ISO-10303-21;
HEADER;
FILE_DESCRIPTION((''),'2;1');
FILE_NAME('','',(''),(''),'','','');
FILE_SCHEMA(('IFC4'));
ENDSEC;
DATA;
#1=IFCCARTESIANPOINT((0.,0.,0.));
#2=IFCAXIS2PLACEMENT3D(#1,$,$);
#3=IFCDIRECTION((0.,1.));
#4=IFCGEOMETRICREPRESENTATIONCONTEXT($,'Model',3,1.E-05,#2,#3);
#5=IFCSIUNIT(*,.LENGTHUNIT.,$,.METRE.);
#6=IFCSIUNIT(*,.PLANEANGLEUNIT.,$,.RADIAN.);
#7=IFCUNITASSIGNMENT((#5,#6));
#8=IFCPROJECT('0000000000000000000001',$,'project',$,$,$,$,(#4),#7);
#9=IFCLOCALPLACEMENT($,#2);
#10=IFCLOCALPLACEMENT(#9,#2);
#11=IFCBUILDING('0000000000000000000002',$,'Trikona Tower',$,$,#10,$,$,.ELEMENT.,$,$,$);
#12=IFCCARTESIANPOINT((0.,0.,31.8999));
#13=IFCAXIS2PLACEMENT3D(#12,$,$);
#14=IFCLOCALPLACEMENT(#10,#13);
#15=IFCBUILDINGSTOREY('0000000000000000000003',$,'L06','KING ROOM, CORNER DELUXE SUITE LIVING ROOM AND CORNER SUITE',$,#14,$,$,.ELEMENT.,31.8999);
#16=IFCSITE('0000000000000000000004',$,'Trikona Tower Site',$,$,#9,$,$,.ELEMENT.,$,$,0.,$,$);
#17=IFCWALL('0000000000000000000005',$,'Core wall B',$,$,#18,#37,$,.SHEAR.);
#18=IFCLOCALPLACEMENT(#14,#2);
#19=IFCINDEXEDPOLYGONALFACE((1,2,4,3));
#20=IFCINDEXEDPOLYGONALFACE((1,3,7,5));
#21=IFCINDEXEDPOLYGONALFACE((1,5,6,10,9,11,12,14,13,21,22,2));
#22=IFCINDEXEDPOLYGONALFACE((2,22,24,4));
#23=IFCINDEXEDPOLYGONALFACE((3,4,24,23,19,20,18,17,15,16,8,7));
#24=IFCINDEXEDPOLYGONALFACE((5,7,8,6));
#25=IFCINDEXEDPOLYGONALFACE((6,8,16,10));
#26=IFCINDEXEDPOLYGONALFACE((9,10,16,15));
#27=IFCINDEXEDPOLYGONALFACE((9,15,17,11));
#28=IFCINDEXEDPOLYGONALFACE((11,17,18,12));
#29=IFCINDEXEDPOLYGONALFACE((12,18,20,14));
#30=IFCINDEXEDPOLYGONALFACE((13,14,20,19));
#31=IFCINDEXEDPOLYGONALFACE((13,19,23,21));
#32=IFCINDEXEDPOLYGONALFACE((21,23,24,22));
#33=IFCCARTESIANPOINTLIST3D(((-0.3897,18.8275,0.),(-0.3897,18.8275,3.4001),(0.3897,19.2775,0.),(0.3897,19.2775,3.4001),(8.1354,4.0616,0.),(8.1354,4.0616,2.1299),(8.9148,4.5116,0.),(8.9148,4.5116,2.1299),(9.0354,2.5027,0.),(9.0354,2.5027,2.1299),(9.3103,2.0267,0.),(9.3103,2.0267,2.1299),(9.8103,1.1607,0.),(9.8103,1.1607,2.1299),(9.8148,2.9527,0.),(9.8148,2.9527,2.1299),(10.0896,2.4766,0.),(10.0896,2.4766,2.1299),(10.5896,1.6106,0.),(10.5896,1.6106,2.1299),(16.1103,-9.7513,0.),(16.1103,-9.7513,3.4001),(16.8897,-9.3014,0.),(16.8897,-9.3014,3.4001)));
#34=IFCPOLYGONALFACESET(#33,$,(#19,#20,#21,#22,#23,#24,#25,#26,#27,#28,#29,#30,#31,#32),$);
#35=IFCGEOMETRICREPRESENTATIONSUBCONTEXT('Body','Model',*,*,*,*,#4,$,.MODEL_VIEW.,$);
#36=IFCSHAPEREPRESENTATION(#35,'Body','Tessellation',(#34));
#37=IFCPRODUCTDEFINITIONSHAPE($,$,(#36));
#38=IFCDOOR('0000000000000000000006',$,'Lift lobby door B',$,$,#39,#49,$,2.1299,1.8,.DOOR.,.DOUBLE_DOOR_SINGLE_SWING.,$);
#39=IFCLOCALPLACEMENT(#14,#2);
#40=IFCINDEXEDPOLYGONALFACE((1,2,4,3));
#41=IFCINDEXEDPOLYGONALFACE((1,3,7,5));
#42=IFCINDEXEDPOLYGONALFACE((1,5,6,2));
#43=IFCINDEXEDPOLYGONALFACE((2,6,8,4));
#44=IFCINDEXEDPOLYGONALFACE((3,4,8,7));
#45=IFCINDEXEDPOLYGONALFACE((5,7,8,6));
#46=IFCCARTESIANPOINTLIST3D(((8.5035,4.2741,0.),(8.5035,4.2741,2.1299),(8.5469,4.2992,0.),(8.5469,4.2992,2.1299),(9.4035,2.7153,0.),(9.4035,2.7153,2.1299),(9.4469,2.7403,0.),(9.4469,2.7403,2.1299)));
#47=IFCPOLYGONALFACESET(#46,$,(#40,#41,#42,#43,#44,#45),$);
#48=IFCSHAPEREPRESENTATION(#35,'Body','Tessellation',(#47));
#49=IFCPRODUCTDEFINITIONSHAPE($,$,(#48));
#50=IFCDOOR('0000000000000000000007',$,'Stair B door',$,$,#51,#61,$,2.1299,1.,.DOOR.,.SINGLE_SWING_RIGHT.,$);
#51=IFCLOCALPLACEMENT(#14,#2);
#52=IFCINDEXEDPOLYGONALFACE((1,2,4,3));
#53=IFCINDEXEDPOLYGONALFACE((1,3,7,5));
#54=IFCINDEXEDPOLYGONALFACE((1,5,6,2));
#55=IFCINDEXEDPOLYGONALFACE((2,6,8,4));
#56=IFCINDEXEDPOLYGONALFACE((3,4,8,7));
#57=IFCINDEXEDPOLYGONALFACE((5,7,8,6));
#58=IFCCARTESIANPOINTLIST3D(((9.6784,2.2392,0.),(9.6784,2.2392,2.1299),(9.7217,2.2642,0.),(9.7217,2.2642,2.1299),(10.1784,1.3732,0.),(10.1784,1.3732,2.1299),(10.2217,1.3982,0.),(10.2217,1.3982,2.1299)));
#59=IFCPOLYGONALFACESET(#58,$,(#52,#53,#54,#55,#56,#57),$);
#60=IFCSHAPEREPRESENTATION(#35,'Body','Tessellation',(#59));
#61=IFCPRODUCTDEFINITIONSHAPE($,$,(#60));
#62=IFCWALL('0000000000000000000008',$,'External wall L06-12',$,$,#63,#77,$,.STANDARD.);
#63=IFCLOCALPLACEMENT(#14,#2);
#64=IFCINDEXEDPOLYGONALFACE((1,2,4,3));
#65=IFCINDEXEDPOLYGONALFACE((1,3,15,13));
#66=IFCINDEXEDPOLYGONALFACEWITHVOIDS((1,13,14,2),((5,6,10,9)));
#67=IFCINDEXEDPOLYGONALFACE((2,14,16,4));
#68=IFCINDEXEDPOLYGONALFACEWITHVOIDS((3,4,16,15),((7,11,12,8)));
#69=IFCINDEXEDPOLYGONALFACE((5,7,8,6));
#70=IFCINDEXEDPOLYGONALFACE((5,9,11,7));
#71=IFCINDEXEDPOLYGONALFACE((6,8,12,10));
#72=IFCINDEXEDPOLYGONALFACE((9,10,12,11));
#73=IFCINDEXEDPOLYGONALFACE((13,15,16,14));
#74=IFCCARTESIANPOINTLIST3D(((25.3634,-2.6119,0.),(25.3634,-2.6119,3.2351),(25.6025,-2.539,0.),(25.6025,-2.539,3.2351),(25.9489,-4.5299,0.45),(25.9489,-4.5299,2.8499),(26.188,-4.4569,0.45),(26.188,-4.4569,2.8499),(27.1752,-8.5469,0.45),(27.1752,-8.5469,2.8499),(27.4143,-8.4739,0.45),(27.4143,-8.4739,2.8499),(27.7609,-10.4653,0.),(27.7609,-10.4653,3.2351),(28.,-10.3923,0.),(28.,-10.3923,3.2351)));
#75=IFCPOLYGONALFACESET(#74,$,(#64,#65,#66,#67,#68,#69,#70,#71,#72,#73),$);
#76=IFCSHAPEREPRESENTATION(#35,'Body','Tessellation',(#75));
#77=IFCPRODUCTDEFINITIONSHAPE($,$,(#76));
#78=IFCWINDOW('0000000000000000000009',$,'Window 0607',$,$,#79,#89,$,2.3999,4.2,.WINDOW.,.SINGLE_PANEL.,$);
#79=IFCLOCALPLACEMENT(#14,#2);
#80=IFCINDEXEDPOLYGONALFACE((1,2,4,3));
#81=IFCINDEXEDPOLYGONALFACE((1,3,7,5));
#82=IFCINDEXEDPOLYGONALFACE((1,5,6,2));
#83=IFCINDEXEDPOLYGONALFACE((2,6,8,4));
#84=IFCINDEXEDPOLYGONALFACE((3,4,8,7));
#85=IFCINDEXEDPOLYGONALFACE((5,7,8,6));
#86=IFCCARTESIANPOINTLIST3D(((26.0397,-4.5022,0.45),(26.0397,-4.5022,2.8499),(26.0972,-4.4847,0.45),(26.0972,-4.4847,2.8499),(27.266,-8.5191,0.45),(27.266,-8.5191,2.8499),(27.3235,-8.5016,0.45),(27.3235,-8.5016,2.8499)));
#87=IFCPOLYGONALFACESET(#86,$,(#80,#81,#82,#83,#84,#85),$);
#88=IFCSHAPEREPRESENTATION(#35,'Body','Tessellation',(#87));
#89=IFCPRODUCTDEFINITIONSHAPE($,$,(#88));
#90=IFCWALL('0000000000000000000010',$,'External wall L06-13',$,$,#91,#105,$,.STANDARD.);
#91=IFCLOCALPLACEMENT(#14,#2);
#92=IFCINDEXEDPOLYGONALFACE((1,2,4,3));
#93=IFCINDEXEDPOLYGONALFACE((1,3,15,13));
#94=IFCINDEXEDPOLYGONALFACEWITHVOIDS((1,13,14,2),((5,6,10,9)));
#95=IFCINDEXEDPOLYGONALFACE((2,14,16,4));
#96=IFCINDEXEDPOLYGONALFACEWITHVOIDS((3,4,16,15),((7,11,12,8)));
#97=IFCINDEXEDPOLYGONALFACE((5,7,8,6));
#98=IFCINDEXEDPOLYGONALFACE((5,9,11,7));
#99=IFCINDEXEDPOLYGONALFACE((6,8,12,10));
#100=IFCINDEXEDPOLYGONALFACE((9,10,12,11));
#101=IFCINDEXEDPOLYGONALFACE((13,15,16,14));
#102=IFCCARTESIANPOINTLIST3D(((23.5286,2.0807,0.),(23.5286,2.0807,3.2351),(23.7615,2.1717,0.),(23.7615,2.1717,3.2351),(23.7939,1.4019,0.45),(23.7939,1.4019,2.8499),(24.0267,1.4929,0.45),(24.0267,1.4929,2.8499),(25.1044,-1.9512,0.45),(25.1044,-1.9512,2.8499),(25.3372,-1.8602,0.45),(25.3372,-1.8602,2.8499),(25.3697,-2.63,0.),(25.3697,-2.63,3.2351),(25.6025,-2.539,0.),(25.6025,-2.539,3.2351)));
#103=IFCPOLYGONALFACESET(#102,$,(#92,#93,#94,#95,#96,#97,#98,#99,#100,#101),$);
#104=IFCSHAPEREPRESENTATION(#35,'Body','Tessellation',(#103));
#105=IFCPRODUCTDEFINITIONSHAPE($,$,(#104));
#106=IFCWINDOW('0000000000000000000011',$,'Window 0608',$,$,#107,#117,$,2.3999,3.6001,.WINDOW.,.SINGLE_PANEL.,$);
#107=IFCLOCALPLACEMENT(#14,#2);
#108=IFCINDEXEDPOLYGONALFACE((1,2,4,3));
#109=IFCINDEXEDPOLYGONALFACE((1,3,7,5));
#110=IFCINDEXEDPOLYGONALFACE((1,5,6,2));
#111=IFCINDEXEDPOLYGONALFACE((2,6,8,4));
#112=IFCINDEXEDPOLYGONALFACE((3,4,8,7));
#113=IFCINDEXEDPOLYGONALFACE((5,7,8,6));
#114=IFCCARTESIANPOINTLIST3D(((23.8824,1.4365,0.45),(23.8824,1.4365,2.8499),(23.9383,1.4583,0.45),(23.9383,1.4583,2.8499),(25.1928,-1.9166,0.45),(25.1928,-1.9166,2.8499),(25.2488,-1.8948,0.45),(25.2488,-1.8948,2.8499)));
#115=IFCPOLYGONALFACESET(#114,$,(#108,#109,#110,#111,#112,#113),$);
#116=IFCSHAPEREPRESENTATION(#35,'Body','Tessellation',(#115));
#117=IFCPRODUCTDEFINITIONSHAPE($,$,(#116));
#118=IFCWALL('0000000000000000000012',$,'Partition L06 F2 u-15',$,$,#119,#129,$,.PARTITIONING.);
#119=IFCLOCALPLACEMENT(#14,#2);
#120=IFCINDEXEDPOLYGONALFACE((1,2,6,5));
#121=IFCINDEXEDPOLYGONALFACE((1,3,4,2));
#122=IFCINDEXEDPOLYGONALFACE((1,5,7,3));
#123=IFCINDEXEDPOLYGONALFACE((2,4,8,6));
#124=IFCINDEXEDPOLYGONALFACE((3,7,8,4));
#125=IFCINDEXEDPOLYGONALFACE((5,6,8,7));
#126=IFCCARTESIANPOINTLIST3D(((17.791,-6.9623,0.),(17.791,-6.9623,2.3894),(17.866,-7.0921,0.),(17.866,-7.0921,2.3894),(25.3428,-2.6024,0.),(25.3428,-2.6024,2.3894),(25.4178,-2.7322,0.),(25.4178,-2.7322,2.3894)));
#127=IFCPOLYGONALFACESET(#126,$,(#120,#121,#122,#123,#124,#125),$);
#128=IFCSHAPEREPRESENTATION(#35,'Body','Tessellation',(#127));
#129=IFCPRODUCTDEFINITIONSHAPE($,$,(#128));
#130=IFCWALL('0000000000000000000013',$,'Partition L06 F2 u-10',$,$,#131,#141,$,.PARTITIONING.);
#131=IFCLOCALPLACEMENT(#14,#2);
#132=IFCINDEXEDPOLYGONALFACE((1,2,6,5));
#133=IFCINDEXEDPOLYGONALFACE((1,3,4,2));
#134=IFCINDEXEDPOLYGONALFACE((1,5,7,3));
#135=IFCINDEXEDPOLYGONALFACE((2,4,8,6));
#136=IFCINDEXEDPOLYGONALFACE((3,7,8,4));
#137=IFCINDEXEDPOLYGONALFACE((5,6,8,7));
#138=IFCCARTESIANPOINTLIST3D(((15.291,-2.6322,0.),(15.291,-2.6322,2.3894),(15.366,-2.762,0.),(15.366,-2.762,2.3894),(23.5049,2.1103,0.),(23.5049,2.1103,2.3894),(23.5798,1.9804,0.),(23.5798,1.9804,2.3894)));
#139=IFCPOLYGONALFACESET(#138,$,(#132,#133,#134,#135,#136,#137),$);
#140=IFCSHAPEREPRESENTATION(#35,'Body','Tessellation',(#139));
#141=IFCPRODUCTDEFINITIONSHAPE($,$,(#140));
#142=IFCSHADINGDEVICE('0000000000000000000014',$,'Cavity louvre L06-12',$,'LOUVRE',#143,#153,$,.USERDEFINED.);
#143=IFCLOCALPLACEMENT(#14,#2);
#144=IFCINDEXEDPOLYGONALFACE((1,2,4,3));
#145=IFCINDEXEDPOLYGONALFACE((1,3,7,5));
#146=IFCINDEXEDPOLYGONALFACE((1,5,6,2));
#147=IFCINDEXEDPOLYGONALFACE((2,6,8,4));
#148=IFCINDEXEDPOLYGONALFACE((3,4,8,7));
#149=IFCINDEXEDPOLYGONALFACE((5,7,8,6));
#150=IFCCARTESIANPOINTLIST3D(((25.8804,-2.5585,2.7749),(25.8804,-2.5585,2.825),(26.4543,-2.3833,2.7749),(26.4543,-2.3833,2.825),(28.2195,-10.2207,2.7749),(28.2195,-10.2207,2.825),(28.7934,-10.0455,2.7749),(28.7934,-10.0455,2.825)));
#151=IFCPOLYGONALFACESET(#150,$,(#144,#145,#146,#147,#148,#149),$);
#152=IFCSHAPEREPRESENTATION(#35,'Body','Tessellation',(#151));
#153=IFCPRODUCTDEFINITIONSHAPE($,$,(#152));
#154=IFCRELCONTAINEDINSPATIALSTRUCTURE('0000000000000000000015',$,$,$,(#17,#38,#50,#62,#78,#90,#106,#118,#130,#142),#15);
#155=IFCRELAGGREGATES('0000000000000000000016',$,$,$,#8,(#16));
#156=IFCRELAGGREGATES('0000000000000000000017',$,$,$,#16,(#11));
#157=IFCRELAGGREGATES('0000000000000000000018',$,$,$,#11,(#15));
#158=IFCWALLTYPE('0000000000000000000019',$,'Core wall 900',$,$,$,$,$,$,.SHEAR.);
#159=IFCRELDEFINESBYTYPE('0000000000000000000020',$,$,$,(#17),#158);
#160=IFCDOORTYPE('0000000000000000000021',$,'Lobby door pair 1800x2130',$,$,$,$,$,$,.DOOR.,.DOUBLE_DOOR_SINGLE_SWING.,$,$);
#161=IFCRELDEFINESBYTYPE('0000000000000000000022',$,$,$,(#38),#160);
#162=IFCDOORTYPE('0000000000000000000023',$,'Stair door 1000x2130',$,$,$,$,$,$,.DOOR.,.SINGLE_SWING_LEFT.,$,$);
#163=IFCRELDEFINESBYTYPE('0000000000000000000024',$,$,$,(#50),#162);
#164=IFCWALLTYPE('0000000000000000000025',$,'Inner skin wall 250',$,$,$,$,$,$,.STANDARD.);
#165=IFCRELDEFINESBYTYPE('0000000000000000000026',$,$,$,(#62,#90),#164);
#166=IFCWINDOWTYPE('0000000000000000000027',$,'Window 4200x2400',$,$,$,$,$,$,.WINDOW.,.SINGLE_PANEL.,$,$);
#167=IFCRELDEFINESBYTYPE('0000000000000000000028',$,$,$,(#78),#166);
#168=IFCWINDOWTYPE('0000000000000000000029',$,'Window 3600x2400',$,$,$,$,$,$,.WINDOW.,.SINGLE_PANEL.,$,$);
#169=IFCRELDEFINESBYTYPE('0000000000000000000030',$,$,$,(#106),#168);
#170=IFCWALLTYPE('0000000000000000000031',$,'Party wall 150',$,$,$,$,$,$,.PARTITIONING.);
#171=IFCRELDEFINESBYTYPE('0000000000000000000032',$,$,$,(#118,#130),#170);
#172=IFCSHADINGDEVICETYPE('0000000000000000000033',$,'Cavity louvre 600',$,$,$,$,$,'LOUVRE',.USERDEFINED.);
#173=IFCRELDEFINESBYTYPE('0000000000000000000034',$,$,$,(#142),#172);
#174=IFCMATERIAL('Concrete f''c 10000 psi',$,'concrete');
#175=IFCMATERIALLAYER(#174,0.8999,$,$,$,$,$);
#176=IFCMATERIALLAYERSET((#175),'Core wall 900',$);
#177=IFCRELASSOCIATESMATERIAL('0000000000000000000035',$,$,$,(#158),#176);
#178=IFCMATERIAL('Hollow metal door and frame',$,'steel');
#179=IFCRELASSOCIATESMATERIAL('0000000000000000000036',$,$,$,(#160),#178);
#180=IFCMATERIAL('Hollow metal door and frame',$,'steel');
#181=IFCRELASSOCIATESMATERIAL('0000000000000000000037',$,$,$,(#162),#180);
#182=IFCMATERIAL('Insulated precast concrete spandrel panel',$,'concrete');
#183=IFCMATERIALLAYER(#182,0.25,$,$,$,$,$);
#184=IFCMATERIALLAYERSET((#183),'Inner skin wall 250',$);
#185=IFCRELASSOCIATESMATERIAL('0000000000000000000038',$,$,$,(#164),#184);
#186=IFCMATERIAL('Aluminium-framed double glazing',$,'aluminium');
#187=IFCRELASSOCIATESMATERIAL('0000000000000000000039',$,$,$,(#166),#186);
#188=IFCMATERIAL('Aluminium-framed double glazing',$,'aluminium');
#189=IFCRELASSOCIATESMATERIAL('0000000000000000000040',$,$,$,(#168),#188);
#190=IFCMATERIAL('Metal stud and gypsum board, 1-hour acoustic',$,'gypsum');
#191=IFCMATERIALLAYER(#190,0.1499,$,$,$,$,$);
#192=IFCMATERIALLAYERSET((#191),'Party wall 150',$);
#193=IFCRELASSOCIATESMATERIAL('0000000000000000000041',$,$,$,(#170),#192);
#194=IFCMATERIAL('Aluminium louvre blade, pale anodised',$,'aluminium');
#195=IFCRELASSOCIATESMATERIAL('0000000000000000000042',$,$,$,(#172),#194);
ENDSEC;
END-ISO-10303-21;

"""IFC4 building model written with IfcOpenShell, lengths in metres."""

from ifc_helpers import new_model, si_unit, direction, frame, frame_2d, origin, origin_2d, place, context, subcontext, project, spatial, rectangle, extrude, material, layer, layer_set, type_object, element, fill, save


model = new_model("IFC4")

# Units and contexts
model_context = context("Model", 3, precision=1e-05, world=origin(), true_north=direction((0.0, 1.0)))
body_context = subcontext(model_context, "Body", "Model", "MODEL_VIEW")
ifc_project = project(units=[si_unit("LENGTHUNIT", "METRE"), si_unit("PLANEANGLEUNIT", "RADIAN")], contexts=[model_context])

# Site, building, storey
site_placement = place(None, origin())
site = spatial("IfcSite", under=ifc_project, at=site_placement, Name="Trikona Tower Site", CompositionType="ELEMENT", RefElevation=0.0)
building_placement = place(site_placement, origin())
building = spatial("IfcBuilding", under=site, at=building_placement, Name="Trikona Tower", CompositionType="ELEMENT")
storey_placement = place(building_placement, frame((0.0, 0.0, 31.8999)))
storey = spatial("IfcBuildingStorey", under=building, at=storey_placement, Name="L06", Description="KING ROOM, CORNER DELUXE SUITE LIVING ROOM AND CORNER SUITE", CompositionType="ELEMENT", Elevation=31.8999)

# Wall, openings, doors
ifc_material_1 = material(Name="Concrete f'c 10000 psi", Category="concrete")
ifc_layer_1 = layer(ifc_material_1, 0.8999)
ifc_layer_set_1 = layer_set([ifc_layer_1], Name="Core wall 900")
wall_type_1 = type_object("IfcWallType", Name="Core wall 900", PredefinedType="SHEAR", material=ifc_layer_set_1)
wall_1_placement = place(storey_placement, frame((16.5, -9.5264, 0.0), z_axis=(0.0, 0.0, 1.0), x_axis=(-0.5, 0.866026, 0.0)))
wall_1 = element("IfcWall", 1, at=wall_1_placement, inside=storey, type_object=wall_type_1, Name="Core wall B", PredefinedType="SHEAR", context=body_context, shape_type="SweptSolid", body=[
    extrude(rectangle(XDim=33.0, YDim=0.8999, at=frame_2d((16.5, 0.0))), origin(), (0.0, 0.0, 1.0), 3.4001),
])
opening_1_placement = place(wall_1_placement, frame((14.1499, 0.0, 0.0)))
opening_1 = element("IfcOpeningElement", 2, at=opening_1_placement, cuts=wall_1, PredefinedType="OPENING", context=body_context, shape_type="SweptSolid", body=[
    extrude(rectangle(XDim=1.8, YDim=2.1299, at=frame_2d((0.8999, 1.0649))), frame((0.0, 0.46, 0.0), z_axis=(0.0, -1.0, 0.0), x_axis=(1.0, 0.0, 0.0)), (0.0, 0.0, 1.0), 0.9199),
])
opening_2_placement = place(wall_1_placement, frame((12.6001, 0.0, 0.0)))
opening_2 = element("IfcOpeningElement", 3, at=opening_2_placement, cuts=wall_1, PredefinedType="OPENING", context=body_context, shape_type="SweptSolid", body=[
    extrude(rectangle(XDim=1.0, YDim=2.1299, at=frame_2d((0.5, 1.0649))), frame((0.0, 0.46, 0.0), z_axis=(0.0, -1.0, 0.0), x_axis=(1.0, 0.0, 0.0)), (0.0, 0.0, 1.0), 0.9199),
])
ifc_material_2 = material(Name="Hollow metal door and frame", Category="steel")
door_type_1 = type_object("IfcDoorType", Name="Lobby door pair 1800x2130", OperationType="DOUBLE_DOOR_SINGLE_SWING", PredefinedType="DOOR", material=ifc_material_2)
door_1_placement = place(opening_1_placement, origin())
door_1 = element("IfcDoor", 4, at=door_1_placement, inside=storey, type_object=door_type_1, Name="Lift lobby door B", OperationType="DOUBLE_DOOR_SINGLE_SWING", OverallHeight=2.1299, OverallWidth=1.8, PredefinedType="DOOR", context=body_context, shape_type="SweptSolid", body=[
    extrude(rectangle(XDim=1.8, YDim=2.1299, at=frame_2d((0.8999, 1.0649))), frame((0.0, 0.0249, 0.0), z_axis=(0.0, -1.0, 0.0), x_axis=(1.0, 0.0, 0.0)), (0.0, 0.0, 1.0), 0.05),
])
fill(opening_1, door_1)
ifc_material_3 = material(Name="Hollow metal door and frame", Category="steel")
door_type_2 = type_object("IfcDoorType", Name="Stair door 1000x2130", OperationType="SINGLE_SWING_LEFT", PredefinedType="DOOR", material=ifc_material_3)
door_2_placement = place(opening_2_placement, origin())
door_2 = element("IfcDoor", 5, at=door_2_placement, inside=storey, type_object=door_type_2, Name="Stair B door", OperationType="SINGLE_SWING_RIGHT", OverallHeight=2.1299, OverallWidth=1.0, PredefinedType="DOOR", context=body_context, shape_type="SweptSolid", body=[
    extrude(rectangle(XDim=1.0, YDim=2.1299, at=frame_2d((0.5, 1.0649))), frame((0.0, 0.0249, 0.0), z_axis=(0.0, -1.0, 0.0), x_axis=(1.0, 0.0, 0.0)), (0.0, 0.0, 1.0), 0.05),
])
fill(opening_2, door_2)

# Walls, openings, windows
ifc_material_4 = material(Name="Insulated precast concrete spandrel panel", Category="concrete")
ifc_layer_2 = layer(ifc_material_4, 0.25)
ifc_layer_set_2 = layer_set([ifc_layer_2], Name="Inner skin wall 250")
wall_type_2 = type_object("IfcWallType", Name="Inner skin wall 250", PredefinedType="STANDARD", material=ifc_layer_set_2)
wall_2_placement = place(storey_placement, frame((27.8804, -10.4287, 0.0), z_axis=(0.0, 0.0, 1.0), x_axis=(-0.291979, 0.956425, 0.0)))
wall_2 = element("IfcWall", 6, at=wall_2_placement, inside=storey, type_object=wall_type_2, Name="External wall L06-12", PredefinedType="STANDARD", context=body_context, shape_type="SweptSolid", body=[
    extrude(rectangle(XDim=8.2112, YDim=0.25, at=frame_2d((4.1055, 0.0))), origin(), (0.0, 0.0, 1.0), 3.2351),
])
opening_3_placement = place(wall_2_placement, frame((2.0056, 0.0, 0.45)))
opening_3 = element("IfcOpeningElement", 7, at=opening_3_placement, cuts=wall_2, PredefinedType="OPENING", context=body_context, shape_type="SweptSolid", body=[
    extrude(rectangle(XDim=4.2, YDim=2.3999, at=frame_2d((2.1001, 1.2))), frame((0.0, 0.135, 0.0), z_axis=(0.0, -1.0, 0.0), x_axis=(1.0, 0.0, 0.0)), (0.0, 0.0, 1.0), 0.27),
])
ifc_material_5 = material(Name="Aluminium-framed double glazing", Category="aluminium")
window_type_1 = type_object("IfcWindowType", Name="Window 4200x2400", PartitioningType="SINGLE_PANEL", PredefinedType="WINDOW", material=ifc_material_5)
window_1_placement = place(opening_3_placement, origin())
window_1 = element("IfcWindow", 8, at=window_1_placement, inside=storey, type_object=window_type_1, Name="Window 0607", OverallHeight=2.3999, OverallWidth=4.2, PartitioningType="SINGLE_PANEL", PredefinedType="WINDOW", context=body_context, shape_type="SweptSolid", body=[
    extrude(rectangle(XDim=4.2, YDim=2.3999, at=frame_2d((2.1001, 1.2))), frame((0.0, 0.03, 0.0), z_axis=(0.0, -1.0, 0.0), x_axis=(1.0, 0.0, 0.0)), (0.0, 0.0, 1.0), 0.0601),
])
fill(opening_3, window_1)
wall_3_placement = place(storey_placement, frame((25.4861, -2.5845, 0.0), z_axis=(0.0, 0.0, 1.0), x_axis=(-0.364013, 0.931394, 0.0)))
wall_3 = element("IfcWall", 9, at=wall_3_placement, inside=storey, type_object=wall_type_2, Name="External wall L06-13", PredefinedType="STANDARD", context=body_context, shape_type="SweptSolid", body=[
    extrude(rectangle(XDim=5.0576, YDim=0.25, at=frame_2d((2.5288, 0.0))), origin(), (0.0, 0.0, 1.0), 3.2351),
])
opening_4_placement = place(wall_3_placement, frame((0.7288, 0.0, 0.45)))
opening_4 = element("IfcOpeningElement", 10, at=opening_4_placement, cuts=wall_3, PredefinedType="OPENING", context=body_context, shape_type="SweptSolid", body=[
    extrude(rectangle(XDim=3.6001, YDim=2.3999, at=frame_2d((1.8, 1.2))), frame((0.0, 0.135, 0.0), z_axis=(0.0, -1.0, 0.0), x_axis=(1.0, 0.0, 0.0)), (0.0, 0.0, 1.0), 0.27),
])
ifc_material_6 = material(Name="Aluminium-framed double glazing", Category="aluminium")
window_type_2 = type_object("IfcWindowType", Name="Window 3600x2400", PartitioningType="SINGLE_PANEL", PredefinedType="WINDOW", material=ifc_material_6)
window_2_placement = place(opening_4_placement, origin())
window_2 = element("IfcWindow", 11, at=window_2_placement, inside=storey, type_object=window_type_2, Name="Window 0608", OverallHeight=2.3999, OverallWidth=3.6001, PartitioningType="SINGLE_PANEL", PredefinedType="WINDOW", context=body_context, shape_type="SweptSolid", body=[
    extrude(rectangle(XDim=3.6001, YDim=2.3999, at=frame_2d((1.8, 1.2))), frame((0.0, 0.03, 0.0), z_axis=(0.0, -1.0, 0.0), x_axis=(1.0, 0.0, 0.0)), (0.0, 0.0, 1.0), 0.0601),
])
fill(opening_4, window_2)

# Walls
ifc_material_7 = material(Name="Metal stud and gypsum board, 1-hour acoustic", Category="gypsum")
ifc_layer_3 = layer(ifc_material_7, 0.1499)
ifc_layer_set_3 = layer_set([ifc_layer_3], Name="Party wall 150")
wall_type_3 = type_object("IfcWallType", Name="Party wall 150", PredefinedType="PARTITIONING", material=ifc_layer_set_3)
wall_4_placement = place(storey_placement, frame((17.8286, -7.0271, 0.0), z_axis=(0.0, 0.0, 1.0), x_axis=(0.866033, 0.499987, 0.0)))
element("IfcWall", 12, at=wall_4_placement, inside=storey, type_object=wall_type_3, Name="Partition L06 F2 u-15", PredefinedType="PARTITIONING", context=body_context, shape_type="SweptSolid", body=[
    extrude(rectangle(XDim=8.72, YDim=0.1499, at=frame_2d((4.3599, 0.0))), origin(), (0.0, 0.0, 1.0), 2.3894),
])
wall_5_placement = place(storey_placement, frame((15.3286, -2.697, 0.0), z_axis=(0.0, 0.0, 1.0), x_axis=(0.866018, 0.500012, 0.0)))
element("IfcWall", 13, at=wall_5_placement, inside=storey, type_object=wall_type_3, Name="Partition L06 F2 u-10", PredefinedType="PARTITIONING", context=body_context, shape_type="SweptSolid", body=[
    extrude(rectangle(XDim=9.4846, YDim=0.1499, at=frame_2d((4.7422, 0.0))), origin(), (0.0, 0.0, 1.0), 2.3894),
])

# Shading device
ifc_material_8 = material(Name="Aluminium louvre blade, pale anodised", Category="aluminium")
shading_device_type = type_object("IfcShadingDeviceType", Name="Cavity louvre 600", ElementType="LOUVRE", PredefinedType="USERDEFINED", material=ifc_material_8)
shading_device_placement = place(storey_placement, frame((27.3369, -6.302, 2.7749), z_axis=(0.0, 0.0, 1.0), x_axis=(-0.291979, 0.956425, 0.0)))
element("IfcShadingDevice", 14, at=shading_device_placement, inside=storey, type_object=shading_device_type, Name="Cavity louvre L06-12", ObjectType="LOUVRE", PredefinedType="USERDEFINED", context=body_context, shape_type="SweptSolid", body=[
    extrude(rectangle(XDim=8.0112, YDim=0.6001, at=origin_2d()), origin(), (0.0, 0.0, 1.0), 0.05),
])

save(model, "model.ifc")
